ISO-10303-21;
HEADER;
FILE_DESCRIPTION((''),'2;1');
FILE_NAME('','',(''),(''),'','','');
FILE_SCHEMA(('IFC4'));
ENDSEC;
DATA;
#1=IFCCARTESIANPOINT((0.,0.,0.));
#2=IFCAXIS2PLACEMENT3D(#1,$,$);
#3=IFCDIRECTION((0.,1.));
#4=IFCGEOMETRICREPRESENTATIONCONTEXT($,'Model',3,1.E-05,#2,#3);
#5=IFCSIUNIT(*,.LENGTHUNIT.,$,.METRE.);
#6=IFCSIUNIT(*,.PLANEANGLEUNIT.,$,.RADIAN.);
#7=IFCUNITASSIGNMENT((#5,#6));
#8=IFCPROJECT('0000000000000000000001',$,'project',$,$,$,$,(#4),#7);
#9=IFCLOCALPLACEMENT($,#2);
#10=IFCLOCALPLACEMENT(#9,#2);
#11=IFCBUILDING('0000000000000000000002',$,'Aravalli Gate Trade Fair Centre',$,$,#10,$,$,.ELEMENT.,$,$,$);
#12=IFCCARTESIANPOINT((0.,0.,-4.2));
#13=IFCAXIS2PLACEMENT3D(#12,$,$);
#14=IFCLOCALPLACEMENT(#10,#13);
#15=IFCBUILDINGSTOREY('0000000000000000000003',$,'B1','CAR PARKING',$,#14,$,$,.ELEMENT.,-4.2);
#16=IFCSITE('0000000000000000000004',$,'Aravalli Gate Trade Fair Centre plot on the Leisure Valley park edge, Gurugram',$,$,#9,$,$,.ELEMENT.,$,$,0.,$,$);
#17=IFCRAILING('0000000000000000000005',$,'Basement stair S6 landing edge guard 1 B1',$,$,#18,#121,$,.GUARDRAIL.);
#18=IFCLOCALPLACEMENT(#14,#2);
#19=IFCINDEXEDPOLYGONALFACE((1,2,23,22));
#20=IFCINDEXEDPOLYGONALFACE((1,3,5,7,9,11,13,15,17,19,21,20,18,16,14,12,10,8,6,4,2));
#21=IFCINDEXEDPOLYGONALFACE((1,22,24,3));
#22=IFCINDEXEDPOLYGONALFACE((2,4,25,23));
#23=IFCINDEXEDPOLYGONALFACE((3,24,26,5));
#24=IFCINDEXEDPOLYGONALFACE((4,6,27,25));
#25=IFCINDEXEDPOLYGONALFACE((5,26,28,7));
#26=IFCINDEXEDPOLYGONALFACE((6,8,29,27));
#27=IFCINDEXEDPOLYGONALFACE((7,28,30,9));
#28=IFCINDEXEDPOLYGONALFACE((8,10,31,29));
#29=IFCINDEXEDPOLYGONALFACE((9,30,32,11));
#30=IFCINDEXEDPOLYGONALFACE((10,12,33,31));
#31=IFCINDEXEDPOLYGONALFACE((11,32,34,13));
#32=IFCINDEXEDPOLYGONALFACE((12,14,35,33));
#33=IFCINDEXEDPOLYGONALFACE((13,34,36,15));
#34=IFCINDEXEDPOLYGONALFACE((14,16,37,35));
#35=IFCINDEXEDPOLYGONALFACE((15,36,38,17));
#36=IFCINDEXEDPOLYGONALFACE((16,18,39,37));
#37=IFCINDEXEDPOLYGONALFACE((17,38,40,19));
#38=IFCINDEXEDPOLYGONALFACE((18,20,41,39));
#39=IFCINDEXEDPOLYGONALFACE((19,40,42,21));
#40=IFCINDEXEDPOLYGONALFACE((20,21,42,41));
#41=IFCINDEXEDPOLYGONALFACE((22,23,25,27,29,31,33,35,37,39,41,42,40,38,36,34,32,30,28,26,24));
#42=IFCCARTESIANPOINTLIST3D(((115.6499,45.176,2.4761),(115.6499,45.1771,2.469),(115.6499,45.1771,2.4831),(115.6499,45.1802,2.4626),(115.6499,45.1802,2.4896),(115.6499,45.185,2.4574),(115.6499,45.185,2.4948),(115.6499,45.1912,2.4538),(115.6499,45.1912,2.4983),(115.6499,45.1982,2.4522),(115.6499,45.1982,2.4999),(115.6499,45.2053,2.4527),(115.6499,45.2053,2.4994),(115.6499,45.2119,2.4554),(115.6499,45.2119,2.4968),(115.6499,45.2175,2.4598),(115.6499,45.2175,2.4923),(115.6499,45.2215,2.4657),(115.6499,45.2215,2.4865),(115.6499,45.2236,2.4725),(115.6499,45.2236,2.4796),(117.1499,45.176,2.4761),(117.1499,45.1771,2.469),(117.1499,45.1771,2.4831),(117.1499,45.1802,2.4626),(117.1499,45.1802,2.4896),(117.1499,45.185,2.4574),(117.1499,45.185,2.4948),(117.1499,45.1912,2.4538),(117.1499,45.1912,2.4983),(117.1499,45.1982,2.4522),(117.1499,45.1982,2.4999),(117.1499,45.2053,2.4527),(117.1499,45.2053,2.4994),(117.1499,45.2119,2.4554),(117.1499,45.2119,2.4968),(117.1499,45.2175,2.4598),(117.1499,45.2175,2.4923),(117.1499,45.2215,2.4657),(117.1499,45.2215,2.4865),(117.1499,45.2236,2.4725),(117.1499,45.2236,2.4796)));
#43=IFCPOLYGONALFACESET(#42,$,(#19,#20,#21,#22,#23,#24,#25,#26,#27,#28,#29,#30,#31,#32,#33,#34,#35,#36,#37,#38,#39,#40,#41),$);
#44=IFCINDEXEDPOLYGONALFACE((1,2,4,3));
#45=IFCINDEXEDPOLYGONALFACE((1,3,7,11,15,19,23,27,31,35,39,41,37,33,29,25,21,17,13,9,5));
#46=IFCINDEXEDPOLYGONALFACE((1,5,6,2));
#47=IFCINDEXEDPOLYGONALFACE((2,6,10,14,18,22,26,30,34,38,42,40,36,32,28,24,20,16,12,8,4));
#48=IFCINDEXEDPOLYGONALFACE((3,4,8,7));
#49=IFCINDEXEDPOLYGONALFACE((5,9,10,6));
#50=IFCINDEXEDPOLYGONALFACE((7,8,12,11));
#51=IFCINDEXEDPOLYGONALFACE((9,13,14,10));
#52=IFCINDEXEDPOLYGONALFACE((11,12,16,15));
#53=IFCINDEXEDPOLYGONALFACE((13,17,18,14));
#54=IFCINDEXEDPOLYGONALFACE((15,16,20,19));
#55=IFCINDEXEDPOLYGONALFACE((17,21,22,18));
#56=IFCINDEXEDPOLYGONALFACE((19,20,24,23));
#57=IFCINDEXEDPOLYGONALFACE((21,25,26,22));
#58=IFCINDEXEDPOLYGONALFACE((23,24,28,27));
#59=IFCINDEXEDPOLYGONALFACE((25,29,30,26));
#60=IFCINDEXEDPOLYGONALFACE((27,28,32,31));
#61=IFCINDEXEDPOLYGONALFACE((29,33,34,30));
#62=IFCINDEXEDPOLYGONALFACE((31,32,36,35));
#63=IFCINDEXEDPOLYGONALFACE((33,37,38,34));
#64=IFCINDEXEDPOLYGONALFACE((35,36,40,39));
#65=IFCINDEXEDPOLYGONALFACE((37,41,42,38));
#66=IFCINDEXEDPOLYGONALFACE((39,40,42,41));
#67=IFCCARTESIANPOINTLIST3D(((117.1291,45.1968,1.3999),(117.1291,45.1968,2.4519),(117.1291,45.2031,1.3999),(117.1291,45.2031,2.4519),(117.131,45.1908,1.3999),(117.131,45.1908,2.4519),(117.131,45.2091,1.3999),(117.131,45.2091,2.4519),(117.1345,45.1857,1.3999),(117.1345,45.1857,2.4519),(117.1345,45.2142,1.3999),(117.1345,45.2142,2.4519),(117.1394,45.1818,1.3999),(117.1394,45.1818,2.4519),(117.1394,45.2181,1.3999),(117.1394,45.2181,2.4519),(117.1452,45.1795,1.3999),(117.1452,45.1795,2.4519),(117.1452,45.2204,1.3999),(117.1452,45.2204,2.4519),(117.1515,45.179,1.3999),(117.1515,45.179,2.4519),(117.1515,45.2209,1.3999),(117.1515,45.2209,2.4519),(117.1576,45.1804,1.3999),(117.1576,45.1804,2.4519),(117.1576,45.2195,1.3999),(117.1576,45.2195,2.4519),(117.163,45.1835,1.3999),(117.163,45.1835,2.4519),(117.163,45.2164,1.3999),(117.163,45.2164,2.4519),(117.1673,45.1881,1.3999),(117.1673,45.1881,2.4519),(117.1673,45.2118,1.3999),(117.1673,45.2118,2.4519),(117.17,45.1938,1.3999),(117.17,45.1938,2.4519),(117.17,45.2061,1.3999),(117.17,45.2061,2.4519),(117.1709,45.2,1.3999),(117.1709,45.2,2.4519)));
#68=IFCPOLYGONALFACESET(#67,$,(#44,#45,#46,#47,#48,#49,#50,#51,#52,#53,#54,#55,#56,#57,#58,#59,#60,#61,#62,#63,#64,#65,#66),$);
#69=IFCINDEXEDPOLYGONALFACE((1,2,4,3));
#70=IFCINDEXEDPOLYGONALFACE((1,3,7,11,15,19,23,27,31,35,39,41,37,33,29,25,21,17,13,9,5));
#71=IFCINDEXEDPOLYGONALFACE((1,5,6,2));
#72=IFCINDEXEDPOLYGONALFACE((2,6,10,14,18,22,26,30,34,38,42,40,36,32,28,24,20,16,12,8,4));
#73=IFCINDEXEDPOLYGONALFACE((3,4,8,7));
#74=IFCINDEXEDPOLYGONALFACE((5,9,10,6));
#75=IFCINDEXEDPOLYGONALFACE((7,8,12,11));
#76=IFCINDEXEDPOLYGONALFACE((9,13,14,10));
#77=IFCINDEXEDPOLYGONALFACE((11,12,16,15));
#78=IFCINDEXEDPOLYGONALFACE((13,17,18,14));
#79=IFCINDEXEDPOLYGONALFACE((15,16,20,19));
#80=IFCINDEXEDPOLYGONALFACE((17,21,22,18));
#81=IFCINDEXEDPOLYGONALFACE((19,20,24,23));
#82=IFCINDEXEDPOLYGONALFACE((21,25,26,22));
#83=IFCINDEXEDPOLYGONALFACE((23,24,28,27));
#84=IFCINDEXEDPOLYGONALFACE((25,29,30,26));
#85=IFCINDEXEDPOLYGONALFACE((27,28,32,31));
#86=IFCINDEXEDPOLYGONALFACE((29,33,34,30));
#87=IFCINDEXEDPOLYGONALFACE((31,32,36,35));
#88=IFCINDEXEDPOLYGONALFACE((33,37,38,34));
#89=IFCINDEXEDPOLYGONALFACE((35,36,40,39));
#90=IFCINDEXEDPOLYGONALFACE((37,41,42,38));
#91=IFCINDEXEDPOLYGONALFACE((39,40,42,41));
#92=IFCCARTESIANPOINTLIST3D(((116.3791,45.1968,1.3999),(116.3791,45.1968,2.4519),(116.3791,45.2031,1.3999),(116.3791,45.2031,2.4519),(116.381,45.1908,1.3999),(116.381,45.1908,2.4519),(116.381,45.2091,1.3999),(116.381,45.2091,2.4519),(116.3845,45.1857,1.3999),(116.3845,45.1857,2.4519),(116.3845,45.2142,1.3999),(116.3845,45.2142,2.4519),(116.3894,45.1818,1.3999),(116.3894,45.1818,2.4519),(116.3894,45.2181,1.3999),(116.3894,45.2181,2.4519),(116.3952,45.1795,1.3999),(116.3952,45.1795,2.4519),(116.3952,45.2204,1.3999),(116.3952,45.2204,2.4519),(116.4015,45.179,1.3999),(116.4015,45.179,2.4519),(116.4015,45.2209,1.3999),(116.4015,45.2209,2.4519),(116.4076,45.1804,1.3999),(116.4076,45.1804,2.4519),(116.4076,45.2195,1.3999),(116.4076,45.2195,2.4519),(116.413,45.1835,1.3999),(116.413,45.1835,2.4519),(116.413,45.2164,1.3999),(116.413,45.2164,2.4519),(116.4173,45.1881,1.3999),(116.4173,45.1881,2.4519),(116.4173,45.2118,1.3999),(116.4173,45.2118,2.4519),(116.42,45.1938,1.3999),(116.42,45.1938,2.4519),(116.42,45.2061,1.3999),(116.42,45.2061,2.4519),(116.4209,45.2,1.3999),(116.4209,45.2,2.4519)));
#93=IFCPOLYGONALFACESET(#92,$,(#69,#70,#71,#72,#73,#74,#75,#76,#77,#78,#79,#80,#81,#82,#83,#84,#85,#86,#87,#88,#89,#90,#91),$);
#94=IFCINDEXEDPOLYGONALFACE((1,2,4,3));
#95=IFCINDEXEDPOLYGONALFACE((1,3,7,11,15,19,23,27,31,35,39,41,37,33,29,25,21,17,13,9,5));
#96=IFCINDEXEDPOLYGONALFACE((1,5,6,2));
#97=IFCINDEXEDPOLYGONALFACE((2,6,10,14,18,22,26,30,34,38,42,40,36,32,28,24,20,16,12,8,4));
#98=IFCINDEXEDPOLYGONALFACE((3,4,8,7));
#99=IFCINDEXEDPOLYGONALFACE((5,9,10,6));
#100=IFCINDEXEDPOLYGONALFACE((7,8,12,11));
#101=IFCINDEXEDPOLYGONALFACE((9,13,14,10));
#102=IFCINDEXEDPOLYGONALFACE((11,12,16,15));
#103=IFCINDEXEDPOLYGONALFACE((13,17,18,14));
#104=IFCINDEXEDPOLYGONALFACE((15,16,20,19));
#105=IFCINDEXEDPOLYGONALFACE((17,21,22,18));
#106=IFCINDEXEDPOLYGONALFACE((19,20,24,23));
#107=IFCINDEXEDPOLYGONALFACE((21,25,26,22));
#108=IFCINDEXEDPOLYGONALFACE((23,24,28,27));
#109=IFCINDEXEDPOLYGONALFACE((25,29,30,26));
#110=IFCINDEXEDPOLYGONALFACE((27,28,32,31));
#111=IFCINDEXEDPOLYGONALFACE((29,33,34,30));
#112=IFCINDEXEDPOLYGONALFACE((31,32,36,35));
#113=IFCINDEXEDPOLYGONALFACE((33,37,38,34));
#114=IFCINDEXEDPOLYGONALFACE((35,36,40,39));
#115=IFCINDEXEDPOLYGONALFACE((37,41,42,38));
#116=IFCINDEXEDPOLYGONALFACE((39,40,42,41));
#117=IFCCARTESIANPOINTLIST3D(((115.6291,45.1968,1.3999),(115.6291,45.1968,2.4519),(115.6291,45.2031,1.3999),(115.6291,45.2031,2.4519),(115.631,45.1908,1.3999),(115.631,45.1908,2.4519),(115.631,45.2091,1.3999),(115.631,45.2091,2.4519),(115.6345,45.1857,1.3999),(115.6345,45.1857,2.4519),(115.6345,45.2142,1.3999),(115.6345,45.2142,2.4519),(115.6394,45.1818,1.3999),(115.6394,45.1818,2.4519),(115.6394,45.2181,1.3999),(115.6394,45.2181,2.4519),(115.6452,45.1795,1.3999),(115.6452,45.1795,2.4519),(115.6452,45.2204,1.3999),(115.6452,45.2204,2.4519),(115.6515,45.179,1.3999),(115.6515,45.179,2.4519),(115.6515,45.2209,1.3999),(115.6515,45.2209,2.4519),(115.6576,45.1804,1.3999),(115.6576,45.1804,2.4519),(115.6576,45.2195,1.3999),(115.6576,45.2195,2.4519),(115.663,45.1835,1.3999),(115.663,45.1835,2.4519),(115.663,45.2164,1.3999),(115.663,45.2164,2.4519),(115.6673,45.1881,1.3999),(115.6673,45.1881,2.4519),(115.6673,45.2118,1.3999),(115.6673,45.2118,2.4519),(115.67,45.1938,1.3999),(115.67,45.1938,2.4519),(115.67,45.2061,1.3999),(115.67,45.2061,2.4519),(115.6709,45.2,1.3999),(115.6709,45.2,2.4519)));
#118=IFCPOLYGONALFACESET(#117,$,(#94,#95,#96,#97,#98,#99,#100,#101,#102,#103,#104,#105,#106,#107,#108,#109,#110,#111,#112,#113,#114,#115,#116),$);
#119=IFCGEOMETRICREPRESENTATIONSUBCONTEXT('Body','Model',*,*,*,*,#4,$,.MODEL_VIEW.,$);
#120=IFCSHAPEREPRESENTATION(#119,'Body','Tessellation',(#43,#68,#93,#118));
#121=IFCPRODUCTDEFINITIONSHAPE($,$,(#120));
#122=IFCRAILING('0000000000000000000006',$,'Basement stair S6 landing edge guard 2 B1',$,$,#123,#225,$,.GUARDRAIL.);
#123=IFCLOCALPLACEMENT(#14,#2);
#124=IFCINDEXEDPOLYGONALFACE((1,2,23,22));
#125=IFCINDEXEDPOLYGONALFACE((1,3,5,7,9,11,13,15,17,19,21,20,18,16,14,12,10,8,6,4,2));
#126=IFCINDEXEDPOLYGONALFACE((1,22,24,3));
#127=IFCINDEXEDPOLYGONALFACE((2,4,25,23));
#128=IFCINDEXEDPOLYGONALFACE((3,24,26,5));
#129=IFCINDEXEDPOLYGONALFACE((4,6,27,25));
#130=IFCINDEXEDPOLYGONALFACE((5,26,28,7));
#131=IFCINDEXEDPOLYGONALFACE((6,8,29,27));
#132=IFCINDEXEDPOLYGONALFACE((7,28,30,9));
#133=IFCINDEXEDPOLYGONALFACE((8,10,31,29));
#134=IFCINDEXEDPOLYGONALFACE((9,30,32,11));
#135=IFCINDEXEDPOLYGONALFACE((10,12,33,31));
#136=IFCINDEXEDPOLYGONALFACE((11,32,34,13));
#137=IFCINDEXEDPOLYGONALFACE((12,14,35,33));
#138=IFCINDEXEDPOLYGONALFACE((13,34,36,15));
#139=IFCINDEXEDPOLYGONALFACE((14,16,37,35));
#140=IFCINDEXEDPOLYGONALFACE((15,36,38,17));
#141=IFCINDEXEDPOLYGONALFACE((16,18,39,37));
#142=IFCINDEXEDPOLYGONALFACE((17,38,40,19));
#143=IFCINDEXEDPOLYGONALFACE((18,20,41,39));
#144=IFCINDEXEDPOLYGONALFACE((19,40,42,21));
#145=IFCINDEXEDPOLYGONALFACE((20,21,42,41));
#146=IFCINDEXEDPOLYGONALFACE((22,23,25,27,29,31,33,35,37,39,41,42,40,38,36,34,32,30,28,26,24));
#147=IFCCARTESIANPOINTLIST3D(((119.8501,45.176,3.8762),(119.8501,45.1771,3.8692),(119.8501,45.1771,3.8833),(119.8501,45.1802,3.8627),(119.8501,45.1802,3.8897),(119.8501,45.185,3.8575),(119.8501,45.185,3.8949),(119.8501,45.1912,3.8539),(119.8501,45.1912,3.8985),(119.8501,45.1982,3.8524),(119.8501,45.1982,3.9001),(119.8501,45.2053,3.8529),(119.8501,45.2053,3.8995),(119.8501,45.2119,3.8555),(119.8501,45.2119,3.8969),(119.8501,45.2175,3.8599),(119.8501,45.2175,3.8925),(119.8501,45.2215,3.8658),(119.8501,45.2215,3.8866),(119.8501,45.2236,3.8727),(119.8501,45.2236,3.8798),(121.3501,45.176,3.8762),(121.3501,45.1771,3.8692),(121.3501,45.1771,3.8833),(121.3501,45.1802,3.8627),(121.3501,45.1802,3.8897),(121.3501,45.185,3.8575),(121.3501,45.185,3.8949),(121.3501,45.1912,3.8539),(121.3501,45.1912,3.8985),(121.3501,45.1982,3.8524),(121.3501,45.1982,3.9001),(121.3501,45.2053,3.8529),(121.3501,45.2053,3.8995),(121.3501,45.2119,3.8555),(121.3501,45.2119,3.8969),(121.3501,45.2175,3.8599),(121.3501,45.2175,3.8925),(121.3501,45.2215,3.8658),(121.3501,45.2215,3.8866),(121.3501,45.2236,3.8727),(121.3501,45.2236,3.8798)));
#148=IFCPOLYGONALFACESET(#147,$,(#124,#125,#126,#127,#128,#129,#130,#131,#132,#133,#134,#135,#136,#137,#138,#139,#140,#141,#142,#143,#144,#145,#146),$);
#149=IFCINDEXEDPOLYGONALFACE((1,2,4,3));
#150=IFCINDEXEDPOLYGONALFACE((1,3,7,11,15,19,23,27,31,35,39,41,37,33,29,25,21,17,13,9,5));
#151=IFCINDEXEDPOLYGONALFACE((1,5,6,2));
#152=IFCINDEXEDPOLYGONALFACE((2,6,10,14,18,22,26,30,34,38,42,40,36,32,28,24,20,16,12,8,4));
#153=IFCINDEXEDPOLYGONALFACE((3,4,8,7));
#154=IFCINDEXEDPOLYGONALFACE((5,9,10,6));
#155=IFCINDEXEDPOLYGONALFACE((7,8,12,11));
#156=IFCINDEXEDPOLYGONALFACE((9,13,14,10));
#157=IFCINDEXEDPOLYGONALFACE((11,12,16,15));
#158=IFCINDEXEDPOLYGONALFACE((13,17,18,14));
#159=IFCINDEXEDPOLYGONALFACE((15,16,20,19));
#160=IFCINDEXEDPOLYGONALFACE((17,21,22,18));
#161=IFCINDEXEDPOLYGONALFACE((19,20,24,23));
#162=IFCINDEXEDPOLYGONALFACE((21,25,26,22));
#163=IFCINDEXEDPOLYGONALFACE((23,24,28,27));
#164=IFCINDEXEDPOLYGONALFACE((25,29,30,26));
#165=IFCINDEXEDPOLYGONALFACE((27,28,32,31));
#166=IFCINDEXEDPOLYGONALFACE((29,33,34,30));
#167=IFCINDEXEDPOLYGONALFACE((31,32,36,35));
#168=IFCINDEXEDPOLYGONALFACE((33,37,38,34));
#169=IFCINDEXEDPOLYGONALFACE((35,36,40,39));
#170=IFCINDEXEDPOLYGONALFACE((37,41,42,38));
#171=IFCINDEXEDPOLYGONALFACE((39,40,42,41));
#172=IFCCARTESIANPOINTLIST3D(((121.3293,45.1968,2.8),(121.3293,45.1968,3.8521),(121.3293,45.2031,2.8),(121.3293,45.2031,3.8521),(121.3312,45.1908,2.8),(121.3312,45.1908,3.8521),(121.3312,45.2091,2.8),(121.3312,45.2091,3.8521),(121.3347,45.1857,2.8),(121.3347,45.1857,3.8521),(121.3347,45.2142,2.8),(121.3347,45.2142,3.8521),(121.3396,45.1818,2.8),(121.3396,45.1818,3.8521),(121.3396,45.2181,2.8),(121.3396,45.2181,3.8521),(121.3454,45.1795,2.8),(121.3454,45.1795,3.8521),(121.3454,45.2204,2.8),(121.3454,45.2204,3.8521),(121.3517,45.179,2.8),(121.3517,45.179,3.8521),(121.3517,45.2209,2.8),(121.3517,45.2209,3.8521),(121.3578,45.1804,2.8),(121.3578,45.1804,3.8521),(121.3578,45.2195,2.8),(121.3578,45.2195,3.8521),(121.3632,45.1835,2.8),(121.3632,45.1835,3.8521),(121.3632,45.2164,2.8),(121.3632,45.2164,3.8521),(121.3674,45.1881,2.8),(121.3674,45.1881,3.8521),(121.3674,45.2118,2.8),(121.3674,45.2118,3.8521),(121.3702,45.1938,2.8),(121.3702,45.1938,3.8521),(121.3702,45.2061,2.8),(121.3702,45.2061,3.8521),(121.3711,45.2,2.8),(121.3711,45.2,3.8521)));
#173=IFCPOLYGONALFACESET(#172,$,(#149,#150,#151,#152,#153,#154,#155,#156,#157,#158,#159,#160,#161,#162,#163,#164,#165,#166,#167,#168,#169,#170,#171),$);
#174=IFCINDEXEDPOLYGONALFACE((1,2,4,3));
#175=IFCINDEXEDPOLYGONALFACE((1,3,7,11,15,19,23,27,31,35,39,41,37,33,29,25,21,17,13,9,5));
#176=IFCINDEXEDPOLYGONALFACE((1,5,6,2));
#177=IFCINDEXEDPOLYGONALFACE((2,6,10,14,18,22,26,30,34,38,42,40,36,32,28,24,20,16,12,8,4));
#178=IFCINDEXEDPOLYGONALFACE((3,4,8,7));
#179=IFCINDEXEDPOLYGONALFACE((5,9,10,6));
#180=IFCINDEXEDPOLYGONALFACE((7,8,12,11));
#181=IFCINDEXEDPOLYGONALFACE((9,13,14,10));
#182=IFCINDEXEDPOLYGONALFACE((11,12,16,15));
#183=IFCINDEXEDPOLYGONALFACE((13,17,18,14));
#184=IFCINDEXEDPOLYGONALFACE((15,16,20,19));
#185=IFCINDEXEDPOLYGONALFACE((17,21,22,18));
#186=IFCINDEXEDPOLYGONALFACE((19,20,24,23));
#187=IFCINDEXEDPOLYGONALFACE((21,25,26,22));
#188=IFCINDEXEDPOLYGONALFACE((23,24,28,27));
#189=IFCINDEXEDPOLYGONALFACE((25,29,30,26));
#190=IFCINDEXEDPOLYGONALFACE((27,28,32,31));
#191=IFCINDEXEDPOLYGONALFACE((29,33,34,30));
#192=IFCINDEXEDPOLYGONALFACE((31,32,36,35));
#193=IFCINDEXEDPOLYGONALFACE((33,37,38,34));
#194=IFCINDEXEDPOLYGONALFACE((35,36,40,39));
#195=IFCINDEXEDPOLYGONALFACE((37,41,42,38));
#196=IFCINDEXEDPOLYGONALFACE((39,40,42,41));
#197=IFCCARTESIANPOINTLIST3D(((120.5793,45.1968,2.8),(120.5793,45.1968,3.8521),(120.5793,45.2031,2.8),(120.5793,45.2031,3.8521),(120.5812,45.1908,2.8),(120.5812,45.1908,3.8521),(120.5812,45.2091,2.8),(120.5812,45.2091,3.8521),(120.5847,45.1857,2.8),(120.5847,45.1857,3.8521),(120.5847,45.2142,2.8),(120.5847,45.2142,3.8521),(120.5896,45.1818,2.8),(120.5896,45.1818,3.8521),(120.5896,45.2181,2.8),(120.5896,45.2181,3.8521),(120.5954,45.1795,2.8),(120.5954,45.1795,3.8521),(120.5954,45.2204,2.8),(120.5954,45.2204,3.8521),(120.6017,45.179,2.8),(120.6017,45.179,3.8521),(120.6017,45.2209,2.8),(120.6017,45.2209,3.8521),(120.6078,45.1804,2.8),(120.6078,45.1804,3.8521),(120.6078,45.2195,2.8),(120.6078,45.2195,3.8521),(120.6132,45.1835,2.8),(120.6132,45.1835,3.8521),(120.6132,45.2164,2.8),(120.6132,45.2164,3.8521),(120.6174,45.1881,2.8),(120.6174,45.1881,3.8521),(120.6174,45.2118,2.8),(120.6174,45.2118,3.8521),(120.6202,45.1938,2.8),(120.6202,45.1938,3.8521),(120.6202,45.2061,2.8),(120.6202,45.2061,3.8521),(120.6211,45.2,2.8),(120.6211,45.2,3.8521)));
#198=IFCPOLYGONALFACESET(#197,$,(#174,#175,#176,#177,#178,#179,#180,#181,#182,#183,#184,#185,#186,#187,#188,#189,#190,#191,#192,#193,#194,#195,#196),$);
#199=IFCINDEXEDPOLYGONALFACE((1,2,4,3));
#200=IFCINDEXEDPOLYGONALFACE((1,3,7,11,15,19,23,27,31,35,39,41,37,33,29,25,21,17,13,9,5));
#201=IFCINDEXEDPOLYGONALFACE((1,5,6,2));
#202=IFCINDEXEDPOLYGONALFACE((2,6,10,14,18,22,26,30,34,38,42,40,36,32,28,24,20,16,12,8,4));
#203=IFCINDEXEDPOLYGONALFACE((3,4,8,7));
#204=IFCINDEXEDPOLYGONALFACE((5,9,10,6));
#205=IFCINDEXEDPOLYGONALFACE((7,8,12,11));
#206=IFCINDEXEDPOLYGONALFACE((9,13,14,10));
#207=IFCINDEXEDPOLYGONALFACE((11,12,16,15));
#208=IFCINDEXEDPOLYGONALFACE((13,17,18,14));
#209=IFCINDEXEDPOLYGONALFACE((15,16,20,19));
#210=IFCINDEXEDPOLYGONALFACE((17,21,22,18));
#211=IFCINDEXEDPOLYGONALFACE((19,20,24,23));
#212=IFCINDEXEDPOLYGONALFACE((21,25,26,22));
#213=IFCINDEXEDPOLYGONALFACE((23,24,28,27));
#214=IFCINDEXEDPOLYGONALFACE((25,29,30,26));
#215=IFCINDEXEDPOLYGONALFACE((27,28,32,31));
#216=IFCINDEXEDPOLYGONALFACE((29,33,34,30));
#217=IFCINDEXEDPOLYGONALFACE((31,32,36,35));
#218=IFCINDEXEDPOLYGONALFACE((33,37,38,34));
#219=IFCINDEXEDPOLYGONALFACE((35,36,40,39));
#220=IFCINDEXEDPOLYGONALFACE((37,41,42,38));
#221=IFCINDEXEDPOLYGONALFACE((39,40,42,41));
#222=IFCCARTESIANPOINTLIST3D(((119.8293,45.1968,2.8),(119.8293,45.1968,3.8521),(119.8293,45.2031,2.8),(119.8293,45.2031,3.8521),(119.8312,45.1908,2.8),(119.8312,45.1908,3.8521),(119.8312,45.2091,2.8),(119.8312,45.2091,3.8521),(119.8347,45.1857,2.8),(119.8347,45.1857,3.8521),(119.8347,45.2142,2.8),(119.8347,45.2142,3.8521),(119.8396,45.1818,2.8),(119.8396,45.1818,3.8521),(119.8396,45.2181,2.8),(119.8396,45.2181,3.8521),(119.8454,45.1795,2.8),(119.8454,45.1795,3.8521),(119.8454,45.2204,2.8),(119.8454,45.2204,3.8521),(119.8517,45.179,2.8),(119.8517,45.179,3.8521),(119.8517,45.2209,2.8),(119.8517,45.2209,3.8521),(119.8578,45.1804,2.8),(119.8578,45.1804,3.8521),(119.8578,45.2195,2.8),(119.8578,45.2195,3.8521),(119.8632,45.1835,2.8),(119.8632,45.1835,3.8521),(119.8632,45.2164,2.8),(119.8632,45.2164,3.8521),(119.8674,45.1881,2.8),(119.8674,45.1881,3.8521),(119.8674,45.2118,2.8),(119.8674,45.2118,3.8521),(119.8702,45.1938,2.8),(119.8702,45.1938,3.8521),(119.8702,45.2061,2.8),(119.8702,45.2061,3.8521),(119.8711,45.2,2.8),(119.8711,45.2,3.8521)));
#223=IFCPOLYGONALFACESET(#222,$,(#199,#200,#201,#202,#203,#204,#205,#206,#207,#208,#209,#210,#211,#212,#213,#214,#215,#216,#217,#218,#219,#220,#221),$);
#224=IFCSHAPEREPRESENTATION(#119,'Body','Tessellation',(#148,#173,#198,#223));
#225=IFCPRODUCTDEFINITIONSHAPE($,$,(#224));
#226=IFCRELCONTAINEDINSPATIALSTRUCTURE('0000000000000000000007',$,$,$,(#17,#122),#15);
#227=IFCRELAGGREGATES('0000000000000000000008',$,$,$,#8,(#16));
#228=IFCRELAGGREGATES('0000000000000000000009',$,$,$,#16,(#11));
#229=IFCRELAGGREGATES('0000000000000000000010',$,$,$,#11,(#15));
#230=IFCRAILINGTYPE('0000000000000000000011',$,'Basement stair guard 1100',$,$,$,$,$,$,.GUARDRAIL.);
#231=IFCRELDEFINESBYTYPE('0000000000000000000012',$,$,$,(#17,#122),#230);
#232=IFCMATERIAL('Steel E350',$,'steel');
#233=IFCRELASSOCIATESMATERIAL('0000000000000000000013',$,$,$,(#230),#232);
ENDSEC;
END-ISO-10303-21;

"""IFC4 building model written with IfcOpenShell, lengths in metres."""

from ifc_helpers import new_model, si_unit, direction, frame, origin, origin_2d, place, context, subcontext, project, spatial, circle, extrude, material, type_object, element, save


model = new_model("IFC4")

# Units and contexts
model_context = context("Model", 3, precision=1e-05, world=origin(), true_north=direction((0.0, 1.0)))
body_context = subcontext(model_context, "Body", "Model", "MODEL_VIEW")
ifc_project = project(units=[si_unit("LENGTHUNIT", "METRE"), si_unit("PLANEANGLEUNIT", "RADIAN")], contexts=[model_context])

# Site, building, storey
site_placement = place(None, origin())
site = spatial("IfcSite", under=ifc_project, at=site_placement, Name="Aravalli Gate Trade Fair Centre plot on the Leisure Valley park edge, Gurugram", CompositionType="ELEMENT", RefElevation=0.0)
building_placement = place(site_placement, origin())
building = spatial("IfcBuilding", under=site, at=building_placement, Name="Aravalli Gate Trade Fair Centre", CompositionType="ELEMENT")
storey_placement = place(building_placement, frame((0.0, 0.0, -4.2)))
storey = spatial("IfcBuildingStorey", under=building, at=storey_placement, Name="B1", Description="CAR PARKING", CompositionType="ELEMENT", Elevation=-4.2)

# Railings
ifc_material_1 = material(Name="Steel E350", Category="steel")
railing_type_1 = type_object("IfcRailingType", Name="Basement stair guard 1100", PredefinedType="GUARDRAIL", material=ifc_material_1)
for number, where, name in (
    (1, (117.1499, 45.2, 1.3999), "Basement stair S6 landing edge guard 1 B1"),
    (2, (121.3501, 45.2, 2.8), "Basement stair S6 landing edge guard 2 B1"),
):
    element("IfcRailing", number, at=place(storey_placement, frame(where)), inside=storey, type_object=railing_type_1, Name=name, PredefinedType="GUARDRAIL", context=body_context, shape_type="SweptSolid", body=[
        extrude(circle(Radius=0.0239, at=origin_2d()), frame((0.0, 0.0, 1.0762), z_axis=(-1.0, 0.0, 0.0), x_axis=(0.0, -1.0, 0.0)), (0.0, 0.0, 1.0), 1.5),
        extrude(circle(Radius=0.021, at=origin_2d()), origin(), (0.0, 0.0, 1.0), 1.052),
        extrude(circle(Radius=0.021, at=origin_2d()), frame((-0.75, 0.0, 0.0)), (0.0, 0.0, 1.0), 1.052),
        extrude(circle(Radius=0.021, at=origin_2d()), frame((-1.5, 0.0, 0.0)), (0.0, 0.0, 1.0), 1.052),
    ])

save(model, "model.ifc")
